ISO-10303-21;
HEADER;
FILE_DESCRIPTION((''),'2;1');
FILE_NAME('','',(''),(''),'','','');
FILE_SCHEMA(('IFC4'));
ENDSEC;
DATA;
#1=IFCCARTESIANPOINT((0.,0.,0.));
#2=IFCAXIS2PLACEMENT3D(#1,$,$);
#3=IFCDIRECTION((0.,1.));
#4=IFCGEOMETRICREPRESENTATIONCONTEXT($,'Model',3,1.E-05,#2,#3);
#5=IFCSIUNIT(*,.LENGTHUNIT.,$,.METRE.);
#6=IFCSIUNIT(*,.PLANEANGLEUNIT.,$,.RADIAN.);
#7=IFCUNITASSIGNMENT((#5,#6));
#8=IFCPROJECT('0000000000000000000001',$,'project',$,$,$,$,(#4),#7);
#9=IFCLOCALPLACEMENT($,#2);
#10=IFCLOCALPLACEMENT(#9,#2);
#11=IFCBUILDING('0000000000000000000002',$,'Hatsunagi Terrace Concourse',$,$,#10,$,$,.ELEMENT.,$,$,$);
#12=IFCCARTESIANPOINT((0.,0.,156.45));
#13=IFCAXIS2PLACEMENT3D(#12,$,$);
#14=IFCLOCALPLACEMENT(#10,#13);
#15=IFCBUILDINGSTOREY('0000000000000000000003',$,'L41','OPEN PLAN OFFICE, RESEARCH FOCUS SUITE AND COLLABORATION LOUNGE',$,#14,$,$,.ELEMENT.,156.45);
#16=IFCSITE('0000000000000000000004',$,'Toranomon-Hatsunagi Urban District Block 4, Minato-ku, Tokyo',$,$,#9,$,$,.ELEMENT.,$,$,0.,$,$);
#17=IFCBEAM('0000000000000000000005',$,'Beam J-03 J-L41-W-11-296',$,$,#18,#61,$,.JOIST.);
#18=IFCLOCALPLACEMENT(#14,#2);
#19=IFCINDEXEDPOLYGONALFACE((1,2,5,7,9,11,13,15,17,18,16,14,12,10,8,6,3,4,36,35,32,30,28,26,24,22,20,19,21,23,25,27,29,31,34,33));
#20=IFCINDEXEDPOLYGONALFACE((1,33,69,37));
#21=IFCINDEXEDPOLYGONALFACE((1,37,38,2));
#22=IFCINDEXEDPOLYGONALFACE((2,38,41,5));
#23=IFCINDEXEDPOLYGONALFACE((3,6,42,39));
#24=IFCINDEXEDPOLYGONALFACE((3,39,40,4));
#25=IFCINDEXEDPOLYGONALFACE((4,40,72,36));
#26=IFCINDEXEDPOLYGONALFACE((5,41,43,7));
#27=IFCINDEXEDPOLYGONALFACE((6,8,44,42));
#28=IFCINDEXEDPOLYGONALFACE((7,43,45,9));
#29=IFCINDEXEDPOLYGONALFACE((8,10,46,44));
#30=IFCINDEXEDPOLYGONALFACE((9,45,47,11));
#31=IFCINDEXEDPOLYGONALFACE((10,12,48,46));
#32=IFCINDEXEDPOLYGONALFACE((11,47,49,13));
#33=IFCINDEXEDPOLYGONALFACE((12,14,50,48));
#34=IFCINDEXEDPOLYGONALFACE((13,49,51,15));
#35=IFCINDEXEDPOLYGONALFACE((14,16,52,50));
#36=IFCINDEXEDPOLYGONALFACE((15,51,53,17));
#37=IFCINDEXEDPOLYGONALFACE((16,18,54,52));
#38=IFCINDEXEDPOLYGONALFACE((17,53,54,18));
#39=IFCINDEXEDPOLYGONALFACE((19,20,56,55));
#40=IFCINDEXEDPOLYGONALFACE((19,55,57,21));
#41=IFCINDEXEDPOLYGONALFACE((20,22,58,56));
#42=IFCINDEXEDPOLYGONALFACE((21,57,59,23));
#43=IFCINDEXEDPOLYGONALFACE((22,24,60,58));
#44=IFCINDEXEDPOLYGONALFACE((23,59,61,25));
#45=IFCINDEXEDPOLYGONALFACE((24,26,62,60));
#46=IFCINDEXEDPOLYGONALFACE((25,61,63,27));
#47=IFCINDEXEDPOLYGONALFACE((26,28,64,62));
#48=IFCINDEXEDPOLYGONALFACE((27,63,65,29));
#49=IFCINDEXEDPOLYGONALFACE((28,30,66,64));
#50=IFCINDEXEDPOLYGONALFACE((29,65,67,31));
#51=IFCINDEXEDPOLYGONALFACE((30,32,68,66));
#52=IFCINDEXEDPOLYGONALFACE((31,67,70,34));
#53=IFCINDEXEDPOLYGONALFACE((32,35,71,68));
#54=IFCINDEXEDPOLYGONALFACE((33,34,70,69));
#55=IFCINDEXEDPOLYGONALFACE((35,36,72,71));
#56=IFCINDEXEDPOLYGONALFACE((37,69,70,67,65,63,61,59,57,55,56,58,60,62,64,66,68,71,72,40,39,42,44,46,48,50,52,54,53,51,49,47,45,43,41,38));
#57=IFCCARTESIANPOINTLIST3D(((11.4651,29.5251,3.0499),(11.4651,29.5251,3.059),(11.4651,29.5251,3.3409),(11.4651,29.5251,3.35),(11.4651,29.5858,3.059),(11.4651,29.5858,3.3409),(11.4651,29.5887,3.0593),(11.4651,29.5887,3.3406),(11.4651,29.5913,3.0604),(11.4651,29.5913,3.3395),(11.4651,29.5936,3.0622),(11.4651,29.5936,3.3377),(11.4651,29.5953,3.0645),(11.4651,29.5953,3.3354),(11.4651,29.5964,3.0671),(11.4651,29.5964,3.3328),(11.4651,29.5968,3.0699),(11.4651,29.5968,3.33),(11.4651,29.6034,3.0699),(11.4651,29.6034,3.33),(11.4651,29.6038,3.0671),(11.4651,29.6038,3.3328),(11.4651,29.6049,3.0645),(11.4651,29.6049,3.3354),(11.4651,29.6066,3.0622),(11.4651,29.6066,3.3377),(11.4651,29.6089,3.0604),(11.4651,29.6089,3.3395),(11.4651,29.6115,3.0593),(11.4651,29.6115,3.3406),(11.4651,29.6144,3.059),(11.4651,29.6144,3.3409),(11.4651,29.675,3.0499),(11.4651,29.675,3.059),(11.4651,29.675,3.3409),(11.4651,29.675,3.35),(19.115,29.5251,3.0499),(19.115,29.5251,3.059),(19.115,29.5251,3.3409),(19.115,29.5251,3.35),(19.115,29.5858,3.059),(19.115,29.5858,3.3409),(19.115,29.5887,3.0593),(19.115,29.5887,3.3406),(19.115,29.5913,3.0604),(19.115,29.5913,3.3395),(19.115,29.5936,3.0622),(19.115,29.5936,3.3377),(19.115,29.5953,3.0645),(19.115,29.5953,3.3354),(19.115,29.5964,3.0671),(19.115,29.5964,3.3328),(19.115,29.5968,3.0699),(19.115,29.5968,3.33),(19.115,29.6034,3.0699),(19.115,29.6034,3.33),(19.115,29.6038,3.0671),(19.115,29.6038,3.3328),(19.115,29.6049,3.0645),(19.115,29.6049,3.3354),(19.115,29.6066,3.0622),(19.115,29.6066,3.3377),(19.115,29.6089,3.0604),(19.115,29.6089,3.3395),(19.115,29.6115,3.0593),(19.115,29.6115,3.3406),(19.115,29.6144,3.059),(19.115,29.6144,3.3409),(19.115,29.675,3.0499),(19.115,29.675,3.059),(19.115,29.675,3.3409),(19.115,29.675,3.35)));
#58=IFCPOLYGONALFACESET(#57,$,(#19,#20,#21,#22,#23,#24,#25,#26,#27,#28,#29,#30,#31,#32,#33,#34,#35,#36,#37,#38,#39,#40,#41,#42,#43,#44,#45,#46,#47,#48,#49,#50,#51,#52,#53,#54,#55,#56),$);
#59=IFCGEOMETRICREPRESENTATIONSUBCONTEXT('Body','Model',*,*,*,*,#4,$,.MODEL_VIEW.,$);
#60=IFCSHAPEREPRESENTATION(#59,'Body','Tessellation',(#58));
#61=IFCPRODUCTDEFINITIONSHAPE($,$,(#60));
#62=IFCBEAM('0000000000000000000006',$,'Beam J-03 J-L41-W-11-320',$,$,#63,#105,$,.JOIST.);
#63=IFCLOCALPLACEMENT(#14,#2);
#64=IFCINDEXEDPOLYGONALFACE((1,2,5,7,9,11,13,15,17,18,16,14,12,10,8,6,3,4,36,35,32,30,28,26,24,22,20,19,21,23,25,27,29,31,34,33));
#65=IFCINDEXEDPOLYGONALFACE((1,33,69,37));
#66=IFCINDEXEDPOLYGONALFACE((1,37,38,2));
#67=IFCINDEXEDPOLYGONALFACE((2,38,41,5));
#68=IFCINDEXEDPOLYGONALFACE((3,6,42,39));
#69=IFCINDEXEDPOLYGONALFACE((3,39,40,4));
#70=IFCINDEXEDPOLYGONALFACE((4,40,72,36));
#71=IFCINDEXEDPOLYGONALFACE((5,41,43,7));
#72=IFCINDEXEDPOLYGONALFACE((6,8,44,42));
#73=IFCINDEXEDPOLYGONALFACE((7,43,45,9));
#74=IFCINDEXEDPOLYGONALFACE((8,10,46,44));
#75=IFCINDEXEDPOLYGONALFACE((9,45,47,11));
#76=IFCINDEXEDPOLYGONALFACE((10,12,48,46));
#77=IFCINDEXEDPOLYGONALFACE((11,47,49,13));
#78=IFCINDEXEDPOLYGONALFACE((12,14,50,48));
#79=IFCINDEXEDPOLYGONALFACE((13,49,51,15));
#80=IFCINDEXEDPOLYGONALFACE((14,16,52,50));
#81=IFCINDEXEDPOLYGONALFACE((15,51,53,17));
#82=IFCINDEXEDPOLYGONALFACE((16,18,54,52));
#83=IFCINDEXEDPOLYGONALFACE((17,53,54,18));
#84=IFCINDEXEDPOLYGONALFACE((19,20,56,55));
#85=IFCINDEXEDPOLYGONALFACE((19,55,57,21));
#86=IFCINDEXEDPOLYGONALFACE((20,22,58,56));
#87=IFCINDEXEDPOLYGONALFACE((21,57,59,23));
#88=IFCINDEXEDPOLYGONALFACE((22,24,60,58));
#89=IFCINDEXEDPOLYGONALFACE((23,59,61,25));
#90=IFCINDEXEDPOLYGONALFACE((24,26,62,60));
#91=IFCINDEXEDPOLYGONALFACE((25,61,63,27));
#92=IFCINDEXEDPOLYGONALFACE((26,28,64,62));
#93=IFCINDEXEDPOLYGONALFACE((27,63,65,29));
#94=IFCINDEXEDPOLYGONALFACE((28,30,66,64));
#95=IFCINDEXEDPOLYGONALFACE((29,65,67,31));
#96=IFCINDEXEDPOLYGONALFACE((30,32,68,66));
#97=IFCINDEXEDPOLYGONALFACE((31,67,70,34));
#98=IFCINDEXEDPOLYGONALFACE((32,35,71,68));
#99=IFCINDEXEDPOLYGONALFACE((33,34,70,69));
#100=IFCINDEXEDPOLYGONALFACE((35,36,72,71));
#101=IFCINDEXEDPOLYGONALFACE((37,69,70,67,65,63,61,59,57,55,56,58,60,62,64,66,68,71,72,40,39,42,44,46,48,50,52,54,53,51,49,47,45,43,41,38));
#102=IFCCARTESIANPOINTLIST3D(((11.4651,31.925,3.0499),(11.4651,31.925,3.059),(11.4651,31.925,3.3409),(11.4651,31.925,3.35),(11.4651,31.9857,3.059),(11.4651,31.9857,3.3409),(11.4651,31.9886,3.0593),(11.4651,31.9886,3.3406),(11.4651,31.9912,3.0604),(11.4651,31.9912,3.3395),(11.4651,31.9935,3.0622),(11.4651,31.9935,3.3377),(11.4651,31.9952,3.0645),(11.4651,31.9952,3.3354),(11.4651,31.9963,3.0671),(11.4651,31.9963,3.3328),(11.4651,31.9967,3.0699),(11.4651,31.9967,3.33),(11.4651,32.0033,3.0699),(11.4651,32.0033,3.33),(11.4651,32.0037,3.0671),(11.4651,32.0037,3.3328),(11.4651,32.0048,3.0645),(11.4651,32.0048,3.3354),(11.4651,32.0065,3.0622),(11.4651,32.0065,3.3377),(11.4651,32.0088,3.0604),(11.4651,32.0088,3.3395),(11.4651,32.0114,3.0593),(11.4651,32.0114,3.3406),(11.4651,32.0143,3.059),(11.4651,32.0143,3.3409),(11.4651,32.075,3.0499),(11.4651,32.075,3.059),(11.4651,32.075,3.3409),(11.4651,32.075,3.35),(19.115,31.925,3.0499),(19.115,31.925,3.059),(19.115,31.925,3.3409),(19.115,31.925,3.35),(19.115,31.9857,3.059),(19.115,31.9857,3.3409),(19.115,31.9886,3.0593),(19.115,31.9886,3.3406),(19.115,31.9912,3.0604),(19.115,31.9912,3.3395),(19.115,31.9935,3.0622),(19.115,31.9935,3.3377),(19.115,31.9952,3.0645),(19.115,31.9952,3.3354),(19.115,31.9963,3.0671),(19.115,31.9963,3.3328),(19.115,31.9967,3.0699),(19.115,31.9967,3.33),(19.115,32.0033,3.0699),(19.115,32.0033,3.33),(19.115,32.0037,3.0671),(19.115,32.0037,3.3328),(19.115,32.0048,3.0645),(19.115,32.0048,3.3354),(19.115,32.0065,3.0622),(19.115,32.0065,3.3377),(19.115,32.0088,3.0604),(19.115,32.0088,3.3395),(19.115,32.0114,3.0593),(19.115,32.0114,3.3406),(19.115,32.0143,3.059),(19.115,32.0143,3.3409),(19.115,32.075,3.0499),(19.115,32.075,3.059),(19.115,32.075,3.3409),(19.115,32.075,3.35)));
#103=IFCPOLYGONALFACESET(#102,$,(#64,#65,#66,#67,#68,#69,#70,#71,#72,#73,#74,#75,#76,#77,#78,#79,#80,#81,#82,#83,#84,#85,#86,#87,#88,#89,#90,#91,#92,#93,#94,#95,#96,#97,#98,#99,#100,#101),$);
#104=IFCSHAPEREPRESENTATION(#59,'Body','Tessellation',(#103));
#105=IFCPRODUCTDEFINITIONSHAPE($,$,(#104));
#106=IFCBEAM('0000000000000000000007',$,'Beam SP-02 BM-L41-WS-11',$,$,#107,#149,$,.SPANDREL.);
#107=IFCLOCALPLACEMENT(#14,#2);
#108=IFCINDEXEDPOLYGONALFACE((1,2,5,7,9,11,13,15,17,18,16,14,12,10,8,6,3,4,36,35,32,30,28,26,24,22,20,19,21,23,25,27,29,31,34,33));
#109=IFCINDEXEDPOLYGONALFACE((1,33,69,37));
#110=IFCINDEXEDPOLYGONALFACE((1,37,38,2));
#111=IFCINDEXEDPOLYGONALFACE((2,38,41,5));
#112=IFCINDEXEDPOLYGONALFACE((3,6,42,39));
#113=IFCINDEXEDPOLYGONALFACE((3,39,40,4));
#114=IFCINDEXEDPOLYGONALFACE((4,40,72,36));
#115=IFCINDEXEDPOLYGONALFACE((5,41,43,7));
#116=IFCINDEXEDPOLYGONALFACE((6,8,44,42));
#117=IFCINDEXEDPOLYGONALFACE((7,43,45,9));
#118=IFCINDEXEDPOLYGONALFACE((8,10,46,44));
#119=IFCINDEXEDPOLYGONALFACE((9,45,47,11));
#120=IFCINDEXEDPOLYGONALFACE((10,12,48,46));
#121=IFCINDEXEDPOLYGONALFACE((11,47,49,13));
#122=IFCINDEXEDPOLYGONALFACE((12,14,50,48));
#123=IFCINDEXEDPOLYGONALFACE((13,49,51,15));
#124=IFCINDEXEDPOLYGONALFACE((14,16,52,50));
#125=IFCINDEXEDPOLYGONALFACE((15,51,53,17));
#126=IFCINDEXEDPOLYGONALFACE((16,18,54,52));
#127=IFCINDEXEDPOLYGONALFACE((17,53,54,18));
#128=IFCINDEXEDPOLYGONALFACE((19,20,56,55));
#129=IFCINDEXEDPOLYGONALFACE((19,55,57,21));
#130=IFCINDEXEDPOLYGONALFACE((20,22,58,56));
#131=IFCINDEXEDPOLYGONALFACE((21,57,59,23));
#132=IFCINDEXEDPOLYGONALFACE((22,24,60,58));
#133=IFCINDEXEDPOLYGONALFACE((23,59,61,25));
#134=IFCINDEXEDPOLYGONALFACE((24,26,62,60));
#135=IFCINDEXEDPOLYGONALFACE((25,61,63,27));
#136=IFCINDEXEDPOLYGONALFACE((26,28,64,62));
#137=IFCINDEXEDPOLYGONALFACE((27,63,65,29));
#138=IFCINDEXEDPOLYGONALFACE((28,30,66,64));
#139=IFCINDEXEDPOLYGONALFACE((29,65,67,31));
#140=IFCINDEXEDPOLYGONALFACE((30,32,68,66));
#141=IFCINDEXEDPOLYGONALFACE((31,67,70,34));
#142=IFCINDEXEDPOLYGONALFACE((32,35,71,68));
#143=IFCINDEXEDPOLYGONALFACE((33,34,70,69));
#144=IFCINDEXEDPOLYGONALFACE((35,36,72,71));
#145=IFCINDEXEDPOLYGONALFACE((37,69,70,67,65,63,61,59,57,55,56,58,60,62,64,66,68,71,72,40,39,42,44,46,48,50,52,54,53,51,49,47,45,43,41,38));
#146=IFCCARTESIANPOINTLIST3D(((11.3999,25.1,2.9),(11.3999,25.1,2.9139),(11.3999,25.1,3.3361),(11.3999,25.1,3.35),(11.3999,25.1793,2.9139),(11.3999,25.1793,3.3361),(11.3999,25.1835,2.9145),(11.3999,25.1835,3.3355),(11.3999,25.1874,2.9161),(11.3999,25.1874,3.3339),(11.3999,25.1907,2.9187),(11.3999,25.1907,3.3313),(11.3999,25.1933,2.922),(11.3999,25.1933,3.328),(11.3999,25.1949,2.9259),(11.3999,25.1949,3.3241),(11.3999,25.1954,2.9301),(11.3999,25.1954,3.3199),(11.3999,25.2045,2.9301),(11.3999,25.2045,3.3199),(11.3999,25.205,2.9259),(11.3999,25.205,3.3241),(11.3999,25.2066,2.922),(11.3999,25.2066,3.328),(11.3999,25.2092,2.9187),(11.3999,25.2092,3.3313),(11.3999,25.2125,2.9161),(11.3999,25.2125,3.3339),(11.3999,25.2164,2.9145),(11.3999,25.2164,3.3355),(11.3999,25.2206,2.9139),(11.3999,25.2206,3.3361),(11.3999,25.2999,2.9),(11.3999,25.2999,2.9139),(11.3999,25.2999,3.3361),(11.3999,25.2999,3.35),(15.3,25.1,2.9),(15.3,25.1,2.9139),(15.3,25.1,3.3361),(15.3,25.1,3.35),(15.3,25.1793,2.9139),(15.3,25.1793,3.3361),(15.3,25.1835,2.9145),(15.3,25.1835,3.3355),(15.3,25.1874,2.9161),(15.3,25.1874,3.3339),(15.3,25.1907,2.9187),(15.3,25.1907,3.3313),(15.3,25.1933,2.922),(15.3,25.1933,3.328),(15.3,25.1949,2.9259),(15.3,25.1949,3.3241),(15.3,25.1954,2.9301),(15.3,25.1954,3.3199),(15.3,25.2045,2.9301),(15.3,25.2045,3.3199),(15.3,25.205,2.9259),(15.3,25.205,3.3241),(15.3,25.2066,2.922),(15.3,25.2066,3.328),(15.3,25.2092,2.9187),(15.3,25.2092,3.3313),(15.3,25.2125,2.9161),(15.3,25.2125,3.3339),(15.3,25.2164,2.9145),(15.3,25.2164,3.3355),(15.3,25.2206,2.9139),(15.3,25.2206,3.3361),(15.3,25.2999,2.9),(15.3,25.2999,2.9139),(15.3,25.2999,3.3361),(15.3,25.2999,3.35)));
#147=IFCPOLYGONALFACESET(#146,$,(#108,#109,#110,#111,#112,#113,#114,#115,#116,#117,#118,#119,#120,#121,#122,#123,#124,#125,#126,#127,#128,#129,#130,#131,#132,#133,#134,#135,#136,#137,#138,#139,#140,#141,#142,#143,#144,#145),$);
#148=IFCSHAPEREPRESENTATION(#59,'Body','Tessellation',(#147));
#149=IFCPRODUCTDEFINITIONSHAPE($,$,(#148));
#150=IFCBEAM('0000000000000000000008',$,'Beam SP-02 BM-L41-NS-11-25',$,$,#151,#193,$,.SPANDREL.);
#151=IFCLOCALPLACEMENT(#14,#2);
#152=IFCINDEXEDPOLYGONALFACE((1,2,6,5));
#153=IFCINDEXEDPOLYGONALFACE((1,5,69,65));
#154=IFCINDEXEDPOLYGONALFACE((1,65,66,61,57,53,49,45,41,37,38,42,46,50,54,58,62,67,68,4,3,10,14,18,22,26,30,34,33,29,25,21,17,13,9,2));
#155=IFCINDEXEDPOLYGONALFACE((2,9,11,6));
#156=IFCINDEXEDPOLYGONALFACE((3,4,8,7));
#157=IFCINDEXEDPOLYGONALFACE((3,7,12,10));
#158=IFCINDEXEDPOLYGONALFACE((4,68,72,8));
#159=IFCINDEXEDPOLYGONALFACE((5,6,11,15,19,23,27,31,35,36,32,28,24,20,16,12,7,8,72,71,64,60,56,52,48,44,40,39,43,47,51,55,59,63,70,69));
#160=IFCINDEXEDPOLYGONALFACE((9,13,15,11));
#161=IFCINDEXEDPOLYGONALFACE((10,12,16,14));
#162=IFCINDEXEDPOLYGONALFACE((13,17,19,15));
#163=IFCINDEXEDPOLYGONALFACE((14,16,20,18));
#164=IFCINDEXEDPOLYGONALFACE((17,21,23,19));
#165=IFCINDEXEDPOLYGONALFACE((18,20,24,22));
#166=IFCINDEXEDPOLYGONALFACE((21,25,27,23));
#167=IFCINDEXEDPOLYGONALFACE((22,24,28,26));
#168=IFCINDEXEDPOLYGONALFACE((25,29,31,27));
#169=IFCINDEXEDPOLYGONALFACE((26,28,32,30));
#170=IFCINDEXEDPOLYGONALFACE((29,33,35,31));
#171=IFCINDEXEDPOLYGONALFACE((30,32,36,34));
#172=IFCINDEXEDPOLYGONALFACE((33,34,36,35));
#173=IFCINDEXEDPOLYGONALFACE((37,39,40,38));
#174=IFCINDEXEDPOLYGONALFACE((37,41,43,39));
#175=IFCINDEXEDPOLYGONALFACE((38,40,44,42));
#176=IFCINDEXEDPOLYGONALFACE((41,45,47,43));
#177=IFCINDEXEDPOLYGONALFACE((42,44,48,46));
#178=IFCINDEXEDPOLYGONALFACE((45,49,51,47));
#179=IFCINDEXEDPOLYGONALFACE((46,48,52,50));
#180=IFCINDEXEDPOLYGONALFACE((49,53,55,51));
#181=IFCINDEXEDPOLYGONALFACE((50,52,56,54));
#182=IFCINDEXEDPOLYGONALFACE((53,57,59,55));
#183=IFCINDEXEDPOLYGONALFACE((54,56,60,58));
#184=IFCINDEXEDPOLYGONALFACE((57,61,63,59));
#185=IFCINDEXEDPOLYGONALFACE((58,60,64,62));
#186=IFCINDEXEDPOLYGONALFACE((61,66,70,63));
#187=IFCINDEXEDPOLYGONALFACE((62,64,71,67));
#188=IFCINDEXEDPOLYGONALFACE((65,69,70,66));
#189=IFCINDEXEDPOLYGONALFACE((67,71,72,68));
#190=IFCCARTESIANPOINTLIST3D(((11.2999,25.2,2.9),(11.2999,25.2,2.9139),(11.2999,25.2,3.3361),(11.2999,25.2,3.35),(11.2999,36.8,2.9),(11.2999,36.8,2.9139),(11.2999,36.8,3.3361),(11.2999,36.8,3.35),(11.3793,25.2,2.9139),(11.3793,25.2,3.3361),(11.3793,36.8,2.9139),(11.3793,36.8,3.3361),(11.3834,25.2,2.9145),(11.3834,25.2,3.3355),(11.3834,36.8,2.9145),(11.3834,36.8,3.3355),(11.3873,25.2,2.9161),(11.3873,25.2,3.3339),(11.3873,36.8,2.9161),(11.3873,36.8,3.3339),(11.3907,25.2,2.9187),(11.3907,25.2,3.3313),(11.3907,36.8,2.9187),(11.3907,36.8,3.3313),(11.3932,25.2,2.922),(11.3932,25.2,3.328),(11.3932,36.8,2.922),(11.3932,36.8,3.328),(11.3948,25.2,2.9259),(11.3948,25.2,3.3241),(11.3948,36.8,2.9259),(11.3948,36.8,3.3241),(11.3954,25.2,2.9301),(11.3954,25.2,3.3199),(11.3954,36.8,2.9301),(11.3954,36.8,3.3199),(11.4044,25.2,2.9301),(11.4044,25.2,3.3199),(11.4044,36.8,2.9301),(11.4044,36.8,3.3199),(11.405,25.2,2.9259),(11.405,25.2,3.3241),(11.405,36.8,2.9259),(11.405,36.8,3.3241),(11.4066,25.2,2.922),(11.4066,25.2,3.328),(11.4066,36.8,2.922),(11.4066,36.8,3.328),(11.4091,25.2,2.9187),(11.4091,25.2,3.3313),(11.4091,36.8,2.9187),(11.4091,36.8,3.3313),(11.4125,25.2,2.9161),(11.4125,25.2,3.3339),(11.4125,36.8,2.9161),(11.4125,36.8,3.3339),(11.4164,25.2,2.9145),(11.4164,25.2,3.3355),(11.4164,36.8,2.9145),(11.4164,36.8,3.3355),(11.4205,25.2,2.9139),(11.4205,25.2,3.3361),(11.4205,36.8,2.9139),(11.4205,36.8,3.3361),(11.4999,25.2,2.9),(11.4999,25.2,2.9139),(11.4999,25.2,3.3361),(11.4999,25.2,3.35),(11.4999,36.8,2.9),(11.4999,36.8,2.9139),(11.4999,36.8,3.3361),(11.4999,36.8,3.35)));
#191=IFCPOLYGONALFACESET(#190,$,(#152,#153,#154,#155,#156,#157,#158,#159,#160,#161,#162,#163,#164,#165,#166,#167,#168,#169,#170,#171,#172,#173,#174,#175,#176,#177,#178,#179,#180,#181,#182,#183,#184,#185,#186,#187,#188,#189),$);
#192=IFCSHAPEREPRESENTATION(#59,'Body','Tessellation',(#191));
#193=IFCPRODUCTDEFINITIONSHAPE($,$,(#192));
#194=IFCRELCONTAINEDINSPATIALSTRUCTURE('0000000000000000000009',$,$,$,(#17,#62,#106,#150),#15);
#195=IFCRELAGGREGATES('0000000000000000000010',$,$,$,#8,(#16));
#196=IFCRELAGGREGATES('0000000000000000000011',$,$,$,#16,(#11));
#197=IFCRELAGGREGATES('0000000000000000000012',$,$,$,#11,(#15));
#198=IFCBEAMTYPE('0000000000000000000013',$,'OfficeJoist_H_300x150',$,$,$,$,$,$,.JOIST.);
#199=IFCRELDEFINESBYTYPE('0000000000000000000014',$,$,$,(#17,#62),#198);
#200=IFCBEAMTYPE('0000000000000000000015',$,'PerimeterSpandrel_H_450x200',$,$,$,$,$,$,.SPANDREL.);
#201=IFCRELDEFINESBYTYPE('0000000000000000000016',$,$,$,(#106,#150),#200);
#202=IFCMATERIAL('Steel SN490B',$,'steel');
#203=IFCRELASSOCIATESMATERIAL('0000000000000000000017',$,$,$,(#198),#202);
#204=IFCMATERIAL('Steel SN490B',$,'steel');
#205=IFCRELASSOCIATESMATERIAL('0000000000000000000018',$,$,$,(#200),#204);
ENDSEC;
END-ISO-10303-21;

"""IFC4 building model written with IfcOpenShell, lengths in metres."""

from ifc_helpers import new_model, si_unit, direction, frame, origin, origin_2d, place, context, subcontext, project, spatial, i_section, extrude, material, material_profile, profile_set, type_object, element, save


model = new_model("IFC4")

# Units and contexts
model_context = context("Model", 3, precision=1e-05, world=origin(), true_north=direction((0.0, 1.0)))
body_context = subcontext(model_context, "Body", "Model", "MODEL_VIEW")
ifc_project = project(units=[si_unit("LENGTHUNIT", "METRE"), si_unit("PLANEANGLEUNIT", "RADIAN")], contexts=[model_context])

# Site, building, storey
site_placement = place(None, origin())
site = spatial("IfcSite", under=ifc_project, at=site_placement, Name="Toranomon-Hatsunagi Urban District Block 4, Minato-ku, Tokyo", CompositionType="ELEMENT", RefElevation=0.0)
building_placement = place(site_placement, origin())
building = spatial("IfcBuilding", under=site, at=building_placement, Name="Hatsunagi Terrace Concourse", CompositionType="ELEMENT")
storey_placement = place(building_placement, frame((0.0, 0.0, 156.45)))
storey = spatial("IfcBuildingStorey", under=building, at=storey_placement, Name="L41", Description="OPEN PLAN OFFICE, RESEARCH FOCUS SUITE AND COLLABORATION LOUNGE", CompositionType="ELEMENT", Elevation=156.45)

# Beams
ifc_material_1 = material(Name="Steel SN490B", Category="steel")
ifc_material_profile_1 = material_profile(ifc_material_1, i_section(OverallWidth=0.1499, OverallDepth=0.3, WebThickness=0.0066, FlangeThickness=0.009, FilletRadius=0.011, at=origin_2d()), Name="H-300x150x6.5x9")
ifc_profile_set_1 = profile_set([ifc_material_profile_1], Name="Steel SN490B")
beam_type_1 = type_object("IfcBeamType", Name="OfficeJoist_H_300x150", PredefinedType="JOIST", material=ifc_profile_set_1)
for number, where, z_axis, x_axis, name in (
    (1, (11.4651, 29.6001, 3.2), (1.0, 0.0, 0.0), (0.0, 1.0, 0.0), "Beam J-03 J-L41-W-11-296"),
    (2, (11.4651, 32.0, 3.2), (1.0, 0.0, 0.0), (0.0, 1.0, 0.0), "Beam J-03 J-L41-W-11-320"),
):
    element("IfcBeam", number, at=place(storey_placement, frame(where, z_axis=z_axis, x_axis=x_axis)), inside=storey, type_object=beam_type_1, Name=name, PredefinedType="JOIST", context=body_context, shape_type="SweptSolid", body=[
        extrude(i_section(OverallWidth=0.1499, OverallDepth=0.3, WebThickness=0.0066, FlangeThickness=0.009, FilletRadius=0.011, at=origin_2d()), origin(), (0.0, 0.0, 1.0), 7.6499),
    ])
ifc_material_2 = material(Name="Steel SN490B", Category="steel")
ifc_material_profile_2 = material_profile(ifc_material_2, i_section(OverallWidth=0.2, OverallDepth=0.45, WebThickness=0.009, FlangeThickness=0.0139, FilletRadius=0.0161, at=origin_2d()), Name="H-450x200x9x14")
ifc_profile_set_2 = profile_set([ifc_material_profile_2], Name="Steel SN490B")
beam_type_2 = type_object("IfcBeamType", Name="PerimeterSpandrel_H_450x200", PredefinedType="SPANDREL", material=ifc_profile_set_2)
beam_1_placement = place(storey_placement, frame((11.3999, 25.2, 3.125), z_axis=(1.0, 0.0, 0.0), x_axis=(0.0, 1.0, 0.0)))
element("IfcBeam", 3, at=beam_1_placement, inside=storey, type_object=beam_type_2, Name="Beam SP-02 BM-L41-WS-11", PredefinedType="SPANDREL", context=body_context, shape_type="SweptSolid", body=[
    extrude(i_section(OverallWidth=0.2, OverallDepth=0.45, WebThickness=0.009, FlangeThickness=0.0139, FilletRadius=0.0161, at=origin_2d()), origin(), (0.0, 0.0, 1.0), 3.9001),
])
beam_2_placement = place(storey_placement, frame((11.3999, 25.2, 3.125), z_axis=(0.0, 1.0, 0.0), x_axis=(-1.0, 0.0, 0.0)))
element("IfcBeam", 4, at=beam_2_placement, inside=storey, type_object=beam_type_2, Name="Beam SP-02 BM-L41-NS-11-25", PredefinedType="SPANDREL", context=body_context, shape_type="SweptSolid", body=[
    extrude(i_section(OverallWidth=0.2, OverallDepth=0.45, WebThickness=0.009, FlangeThickness=0.0139, FilletRadius=0.0161, at=origin_2d()), origin(), (0.0, 0.0, 1.0), 11.6001),
])

save(model, "model.ifc")
